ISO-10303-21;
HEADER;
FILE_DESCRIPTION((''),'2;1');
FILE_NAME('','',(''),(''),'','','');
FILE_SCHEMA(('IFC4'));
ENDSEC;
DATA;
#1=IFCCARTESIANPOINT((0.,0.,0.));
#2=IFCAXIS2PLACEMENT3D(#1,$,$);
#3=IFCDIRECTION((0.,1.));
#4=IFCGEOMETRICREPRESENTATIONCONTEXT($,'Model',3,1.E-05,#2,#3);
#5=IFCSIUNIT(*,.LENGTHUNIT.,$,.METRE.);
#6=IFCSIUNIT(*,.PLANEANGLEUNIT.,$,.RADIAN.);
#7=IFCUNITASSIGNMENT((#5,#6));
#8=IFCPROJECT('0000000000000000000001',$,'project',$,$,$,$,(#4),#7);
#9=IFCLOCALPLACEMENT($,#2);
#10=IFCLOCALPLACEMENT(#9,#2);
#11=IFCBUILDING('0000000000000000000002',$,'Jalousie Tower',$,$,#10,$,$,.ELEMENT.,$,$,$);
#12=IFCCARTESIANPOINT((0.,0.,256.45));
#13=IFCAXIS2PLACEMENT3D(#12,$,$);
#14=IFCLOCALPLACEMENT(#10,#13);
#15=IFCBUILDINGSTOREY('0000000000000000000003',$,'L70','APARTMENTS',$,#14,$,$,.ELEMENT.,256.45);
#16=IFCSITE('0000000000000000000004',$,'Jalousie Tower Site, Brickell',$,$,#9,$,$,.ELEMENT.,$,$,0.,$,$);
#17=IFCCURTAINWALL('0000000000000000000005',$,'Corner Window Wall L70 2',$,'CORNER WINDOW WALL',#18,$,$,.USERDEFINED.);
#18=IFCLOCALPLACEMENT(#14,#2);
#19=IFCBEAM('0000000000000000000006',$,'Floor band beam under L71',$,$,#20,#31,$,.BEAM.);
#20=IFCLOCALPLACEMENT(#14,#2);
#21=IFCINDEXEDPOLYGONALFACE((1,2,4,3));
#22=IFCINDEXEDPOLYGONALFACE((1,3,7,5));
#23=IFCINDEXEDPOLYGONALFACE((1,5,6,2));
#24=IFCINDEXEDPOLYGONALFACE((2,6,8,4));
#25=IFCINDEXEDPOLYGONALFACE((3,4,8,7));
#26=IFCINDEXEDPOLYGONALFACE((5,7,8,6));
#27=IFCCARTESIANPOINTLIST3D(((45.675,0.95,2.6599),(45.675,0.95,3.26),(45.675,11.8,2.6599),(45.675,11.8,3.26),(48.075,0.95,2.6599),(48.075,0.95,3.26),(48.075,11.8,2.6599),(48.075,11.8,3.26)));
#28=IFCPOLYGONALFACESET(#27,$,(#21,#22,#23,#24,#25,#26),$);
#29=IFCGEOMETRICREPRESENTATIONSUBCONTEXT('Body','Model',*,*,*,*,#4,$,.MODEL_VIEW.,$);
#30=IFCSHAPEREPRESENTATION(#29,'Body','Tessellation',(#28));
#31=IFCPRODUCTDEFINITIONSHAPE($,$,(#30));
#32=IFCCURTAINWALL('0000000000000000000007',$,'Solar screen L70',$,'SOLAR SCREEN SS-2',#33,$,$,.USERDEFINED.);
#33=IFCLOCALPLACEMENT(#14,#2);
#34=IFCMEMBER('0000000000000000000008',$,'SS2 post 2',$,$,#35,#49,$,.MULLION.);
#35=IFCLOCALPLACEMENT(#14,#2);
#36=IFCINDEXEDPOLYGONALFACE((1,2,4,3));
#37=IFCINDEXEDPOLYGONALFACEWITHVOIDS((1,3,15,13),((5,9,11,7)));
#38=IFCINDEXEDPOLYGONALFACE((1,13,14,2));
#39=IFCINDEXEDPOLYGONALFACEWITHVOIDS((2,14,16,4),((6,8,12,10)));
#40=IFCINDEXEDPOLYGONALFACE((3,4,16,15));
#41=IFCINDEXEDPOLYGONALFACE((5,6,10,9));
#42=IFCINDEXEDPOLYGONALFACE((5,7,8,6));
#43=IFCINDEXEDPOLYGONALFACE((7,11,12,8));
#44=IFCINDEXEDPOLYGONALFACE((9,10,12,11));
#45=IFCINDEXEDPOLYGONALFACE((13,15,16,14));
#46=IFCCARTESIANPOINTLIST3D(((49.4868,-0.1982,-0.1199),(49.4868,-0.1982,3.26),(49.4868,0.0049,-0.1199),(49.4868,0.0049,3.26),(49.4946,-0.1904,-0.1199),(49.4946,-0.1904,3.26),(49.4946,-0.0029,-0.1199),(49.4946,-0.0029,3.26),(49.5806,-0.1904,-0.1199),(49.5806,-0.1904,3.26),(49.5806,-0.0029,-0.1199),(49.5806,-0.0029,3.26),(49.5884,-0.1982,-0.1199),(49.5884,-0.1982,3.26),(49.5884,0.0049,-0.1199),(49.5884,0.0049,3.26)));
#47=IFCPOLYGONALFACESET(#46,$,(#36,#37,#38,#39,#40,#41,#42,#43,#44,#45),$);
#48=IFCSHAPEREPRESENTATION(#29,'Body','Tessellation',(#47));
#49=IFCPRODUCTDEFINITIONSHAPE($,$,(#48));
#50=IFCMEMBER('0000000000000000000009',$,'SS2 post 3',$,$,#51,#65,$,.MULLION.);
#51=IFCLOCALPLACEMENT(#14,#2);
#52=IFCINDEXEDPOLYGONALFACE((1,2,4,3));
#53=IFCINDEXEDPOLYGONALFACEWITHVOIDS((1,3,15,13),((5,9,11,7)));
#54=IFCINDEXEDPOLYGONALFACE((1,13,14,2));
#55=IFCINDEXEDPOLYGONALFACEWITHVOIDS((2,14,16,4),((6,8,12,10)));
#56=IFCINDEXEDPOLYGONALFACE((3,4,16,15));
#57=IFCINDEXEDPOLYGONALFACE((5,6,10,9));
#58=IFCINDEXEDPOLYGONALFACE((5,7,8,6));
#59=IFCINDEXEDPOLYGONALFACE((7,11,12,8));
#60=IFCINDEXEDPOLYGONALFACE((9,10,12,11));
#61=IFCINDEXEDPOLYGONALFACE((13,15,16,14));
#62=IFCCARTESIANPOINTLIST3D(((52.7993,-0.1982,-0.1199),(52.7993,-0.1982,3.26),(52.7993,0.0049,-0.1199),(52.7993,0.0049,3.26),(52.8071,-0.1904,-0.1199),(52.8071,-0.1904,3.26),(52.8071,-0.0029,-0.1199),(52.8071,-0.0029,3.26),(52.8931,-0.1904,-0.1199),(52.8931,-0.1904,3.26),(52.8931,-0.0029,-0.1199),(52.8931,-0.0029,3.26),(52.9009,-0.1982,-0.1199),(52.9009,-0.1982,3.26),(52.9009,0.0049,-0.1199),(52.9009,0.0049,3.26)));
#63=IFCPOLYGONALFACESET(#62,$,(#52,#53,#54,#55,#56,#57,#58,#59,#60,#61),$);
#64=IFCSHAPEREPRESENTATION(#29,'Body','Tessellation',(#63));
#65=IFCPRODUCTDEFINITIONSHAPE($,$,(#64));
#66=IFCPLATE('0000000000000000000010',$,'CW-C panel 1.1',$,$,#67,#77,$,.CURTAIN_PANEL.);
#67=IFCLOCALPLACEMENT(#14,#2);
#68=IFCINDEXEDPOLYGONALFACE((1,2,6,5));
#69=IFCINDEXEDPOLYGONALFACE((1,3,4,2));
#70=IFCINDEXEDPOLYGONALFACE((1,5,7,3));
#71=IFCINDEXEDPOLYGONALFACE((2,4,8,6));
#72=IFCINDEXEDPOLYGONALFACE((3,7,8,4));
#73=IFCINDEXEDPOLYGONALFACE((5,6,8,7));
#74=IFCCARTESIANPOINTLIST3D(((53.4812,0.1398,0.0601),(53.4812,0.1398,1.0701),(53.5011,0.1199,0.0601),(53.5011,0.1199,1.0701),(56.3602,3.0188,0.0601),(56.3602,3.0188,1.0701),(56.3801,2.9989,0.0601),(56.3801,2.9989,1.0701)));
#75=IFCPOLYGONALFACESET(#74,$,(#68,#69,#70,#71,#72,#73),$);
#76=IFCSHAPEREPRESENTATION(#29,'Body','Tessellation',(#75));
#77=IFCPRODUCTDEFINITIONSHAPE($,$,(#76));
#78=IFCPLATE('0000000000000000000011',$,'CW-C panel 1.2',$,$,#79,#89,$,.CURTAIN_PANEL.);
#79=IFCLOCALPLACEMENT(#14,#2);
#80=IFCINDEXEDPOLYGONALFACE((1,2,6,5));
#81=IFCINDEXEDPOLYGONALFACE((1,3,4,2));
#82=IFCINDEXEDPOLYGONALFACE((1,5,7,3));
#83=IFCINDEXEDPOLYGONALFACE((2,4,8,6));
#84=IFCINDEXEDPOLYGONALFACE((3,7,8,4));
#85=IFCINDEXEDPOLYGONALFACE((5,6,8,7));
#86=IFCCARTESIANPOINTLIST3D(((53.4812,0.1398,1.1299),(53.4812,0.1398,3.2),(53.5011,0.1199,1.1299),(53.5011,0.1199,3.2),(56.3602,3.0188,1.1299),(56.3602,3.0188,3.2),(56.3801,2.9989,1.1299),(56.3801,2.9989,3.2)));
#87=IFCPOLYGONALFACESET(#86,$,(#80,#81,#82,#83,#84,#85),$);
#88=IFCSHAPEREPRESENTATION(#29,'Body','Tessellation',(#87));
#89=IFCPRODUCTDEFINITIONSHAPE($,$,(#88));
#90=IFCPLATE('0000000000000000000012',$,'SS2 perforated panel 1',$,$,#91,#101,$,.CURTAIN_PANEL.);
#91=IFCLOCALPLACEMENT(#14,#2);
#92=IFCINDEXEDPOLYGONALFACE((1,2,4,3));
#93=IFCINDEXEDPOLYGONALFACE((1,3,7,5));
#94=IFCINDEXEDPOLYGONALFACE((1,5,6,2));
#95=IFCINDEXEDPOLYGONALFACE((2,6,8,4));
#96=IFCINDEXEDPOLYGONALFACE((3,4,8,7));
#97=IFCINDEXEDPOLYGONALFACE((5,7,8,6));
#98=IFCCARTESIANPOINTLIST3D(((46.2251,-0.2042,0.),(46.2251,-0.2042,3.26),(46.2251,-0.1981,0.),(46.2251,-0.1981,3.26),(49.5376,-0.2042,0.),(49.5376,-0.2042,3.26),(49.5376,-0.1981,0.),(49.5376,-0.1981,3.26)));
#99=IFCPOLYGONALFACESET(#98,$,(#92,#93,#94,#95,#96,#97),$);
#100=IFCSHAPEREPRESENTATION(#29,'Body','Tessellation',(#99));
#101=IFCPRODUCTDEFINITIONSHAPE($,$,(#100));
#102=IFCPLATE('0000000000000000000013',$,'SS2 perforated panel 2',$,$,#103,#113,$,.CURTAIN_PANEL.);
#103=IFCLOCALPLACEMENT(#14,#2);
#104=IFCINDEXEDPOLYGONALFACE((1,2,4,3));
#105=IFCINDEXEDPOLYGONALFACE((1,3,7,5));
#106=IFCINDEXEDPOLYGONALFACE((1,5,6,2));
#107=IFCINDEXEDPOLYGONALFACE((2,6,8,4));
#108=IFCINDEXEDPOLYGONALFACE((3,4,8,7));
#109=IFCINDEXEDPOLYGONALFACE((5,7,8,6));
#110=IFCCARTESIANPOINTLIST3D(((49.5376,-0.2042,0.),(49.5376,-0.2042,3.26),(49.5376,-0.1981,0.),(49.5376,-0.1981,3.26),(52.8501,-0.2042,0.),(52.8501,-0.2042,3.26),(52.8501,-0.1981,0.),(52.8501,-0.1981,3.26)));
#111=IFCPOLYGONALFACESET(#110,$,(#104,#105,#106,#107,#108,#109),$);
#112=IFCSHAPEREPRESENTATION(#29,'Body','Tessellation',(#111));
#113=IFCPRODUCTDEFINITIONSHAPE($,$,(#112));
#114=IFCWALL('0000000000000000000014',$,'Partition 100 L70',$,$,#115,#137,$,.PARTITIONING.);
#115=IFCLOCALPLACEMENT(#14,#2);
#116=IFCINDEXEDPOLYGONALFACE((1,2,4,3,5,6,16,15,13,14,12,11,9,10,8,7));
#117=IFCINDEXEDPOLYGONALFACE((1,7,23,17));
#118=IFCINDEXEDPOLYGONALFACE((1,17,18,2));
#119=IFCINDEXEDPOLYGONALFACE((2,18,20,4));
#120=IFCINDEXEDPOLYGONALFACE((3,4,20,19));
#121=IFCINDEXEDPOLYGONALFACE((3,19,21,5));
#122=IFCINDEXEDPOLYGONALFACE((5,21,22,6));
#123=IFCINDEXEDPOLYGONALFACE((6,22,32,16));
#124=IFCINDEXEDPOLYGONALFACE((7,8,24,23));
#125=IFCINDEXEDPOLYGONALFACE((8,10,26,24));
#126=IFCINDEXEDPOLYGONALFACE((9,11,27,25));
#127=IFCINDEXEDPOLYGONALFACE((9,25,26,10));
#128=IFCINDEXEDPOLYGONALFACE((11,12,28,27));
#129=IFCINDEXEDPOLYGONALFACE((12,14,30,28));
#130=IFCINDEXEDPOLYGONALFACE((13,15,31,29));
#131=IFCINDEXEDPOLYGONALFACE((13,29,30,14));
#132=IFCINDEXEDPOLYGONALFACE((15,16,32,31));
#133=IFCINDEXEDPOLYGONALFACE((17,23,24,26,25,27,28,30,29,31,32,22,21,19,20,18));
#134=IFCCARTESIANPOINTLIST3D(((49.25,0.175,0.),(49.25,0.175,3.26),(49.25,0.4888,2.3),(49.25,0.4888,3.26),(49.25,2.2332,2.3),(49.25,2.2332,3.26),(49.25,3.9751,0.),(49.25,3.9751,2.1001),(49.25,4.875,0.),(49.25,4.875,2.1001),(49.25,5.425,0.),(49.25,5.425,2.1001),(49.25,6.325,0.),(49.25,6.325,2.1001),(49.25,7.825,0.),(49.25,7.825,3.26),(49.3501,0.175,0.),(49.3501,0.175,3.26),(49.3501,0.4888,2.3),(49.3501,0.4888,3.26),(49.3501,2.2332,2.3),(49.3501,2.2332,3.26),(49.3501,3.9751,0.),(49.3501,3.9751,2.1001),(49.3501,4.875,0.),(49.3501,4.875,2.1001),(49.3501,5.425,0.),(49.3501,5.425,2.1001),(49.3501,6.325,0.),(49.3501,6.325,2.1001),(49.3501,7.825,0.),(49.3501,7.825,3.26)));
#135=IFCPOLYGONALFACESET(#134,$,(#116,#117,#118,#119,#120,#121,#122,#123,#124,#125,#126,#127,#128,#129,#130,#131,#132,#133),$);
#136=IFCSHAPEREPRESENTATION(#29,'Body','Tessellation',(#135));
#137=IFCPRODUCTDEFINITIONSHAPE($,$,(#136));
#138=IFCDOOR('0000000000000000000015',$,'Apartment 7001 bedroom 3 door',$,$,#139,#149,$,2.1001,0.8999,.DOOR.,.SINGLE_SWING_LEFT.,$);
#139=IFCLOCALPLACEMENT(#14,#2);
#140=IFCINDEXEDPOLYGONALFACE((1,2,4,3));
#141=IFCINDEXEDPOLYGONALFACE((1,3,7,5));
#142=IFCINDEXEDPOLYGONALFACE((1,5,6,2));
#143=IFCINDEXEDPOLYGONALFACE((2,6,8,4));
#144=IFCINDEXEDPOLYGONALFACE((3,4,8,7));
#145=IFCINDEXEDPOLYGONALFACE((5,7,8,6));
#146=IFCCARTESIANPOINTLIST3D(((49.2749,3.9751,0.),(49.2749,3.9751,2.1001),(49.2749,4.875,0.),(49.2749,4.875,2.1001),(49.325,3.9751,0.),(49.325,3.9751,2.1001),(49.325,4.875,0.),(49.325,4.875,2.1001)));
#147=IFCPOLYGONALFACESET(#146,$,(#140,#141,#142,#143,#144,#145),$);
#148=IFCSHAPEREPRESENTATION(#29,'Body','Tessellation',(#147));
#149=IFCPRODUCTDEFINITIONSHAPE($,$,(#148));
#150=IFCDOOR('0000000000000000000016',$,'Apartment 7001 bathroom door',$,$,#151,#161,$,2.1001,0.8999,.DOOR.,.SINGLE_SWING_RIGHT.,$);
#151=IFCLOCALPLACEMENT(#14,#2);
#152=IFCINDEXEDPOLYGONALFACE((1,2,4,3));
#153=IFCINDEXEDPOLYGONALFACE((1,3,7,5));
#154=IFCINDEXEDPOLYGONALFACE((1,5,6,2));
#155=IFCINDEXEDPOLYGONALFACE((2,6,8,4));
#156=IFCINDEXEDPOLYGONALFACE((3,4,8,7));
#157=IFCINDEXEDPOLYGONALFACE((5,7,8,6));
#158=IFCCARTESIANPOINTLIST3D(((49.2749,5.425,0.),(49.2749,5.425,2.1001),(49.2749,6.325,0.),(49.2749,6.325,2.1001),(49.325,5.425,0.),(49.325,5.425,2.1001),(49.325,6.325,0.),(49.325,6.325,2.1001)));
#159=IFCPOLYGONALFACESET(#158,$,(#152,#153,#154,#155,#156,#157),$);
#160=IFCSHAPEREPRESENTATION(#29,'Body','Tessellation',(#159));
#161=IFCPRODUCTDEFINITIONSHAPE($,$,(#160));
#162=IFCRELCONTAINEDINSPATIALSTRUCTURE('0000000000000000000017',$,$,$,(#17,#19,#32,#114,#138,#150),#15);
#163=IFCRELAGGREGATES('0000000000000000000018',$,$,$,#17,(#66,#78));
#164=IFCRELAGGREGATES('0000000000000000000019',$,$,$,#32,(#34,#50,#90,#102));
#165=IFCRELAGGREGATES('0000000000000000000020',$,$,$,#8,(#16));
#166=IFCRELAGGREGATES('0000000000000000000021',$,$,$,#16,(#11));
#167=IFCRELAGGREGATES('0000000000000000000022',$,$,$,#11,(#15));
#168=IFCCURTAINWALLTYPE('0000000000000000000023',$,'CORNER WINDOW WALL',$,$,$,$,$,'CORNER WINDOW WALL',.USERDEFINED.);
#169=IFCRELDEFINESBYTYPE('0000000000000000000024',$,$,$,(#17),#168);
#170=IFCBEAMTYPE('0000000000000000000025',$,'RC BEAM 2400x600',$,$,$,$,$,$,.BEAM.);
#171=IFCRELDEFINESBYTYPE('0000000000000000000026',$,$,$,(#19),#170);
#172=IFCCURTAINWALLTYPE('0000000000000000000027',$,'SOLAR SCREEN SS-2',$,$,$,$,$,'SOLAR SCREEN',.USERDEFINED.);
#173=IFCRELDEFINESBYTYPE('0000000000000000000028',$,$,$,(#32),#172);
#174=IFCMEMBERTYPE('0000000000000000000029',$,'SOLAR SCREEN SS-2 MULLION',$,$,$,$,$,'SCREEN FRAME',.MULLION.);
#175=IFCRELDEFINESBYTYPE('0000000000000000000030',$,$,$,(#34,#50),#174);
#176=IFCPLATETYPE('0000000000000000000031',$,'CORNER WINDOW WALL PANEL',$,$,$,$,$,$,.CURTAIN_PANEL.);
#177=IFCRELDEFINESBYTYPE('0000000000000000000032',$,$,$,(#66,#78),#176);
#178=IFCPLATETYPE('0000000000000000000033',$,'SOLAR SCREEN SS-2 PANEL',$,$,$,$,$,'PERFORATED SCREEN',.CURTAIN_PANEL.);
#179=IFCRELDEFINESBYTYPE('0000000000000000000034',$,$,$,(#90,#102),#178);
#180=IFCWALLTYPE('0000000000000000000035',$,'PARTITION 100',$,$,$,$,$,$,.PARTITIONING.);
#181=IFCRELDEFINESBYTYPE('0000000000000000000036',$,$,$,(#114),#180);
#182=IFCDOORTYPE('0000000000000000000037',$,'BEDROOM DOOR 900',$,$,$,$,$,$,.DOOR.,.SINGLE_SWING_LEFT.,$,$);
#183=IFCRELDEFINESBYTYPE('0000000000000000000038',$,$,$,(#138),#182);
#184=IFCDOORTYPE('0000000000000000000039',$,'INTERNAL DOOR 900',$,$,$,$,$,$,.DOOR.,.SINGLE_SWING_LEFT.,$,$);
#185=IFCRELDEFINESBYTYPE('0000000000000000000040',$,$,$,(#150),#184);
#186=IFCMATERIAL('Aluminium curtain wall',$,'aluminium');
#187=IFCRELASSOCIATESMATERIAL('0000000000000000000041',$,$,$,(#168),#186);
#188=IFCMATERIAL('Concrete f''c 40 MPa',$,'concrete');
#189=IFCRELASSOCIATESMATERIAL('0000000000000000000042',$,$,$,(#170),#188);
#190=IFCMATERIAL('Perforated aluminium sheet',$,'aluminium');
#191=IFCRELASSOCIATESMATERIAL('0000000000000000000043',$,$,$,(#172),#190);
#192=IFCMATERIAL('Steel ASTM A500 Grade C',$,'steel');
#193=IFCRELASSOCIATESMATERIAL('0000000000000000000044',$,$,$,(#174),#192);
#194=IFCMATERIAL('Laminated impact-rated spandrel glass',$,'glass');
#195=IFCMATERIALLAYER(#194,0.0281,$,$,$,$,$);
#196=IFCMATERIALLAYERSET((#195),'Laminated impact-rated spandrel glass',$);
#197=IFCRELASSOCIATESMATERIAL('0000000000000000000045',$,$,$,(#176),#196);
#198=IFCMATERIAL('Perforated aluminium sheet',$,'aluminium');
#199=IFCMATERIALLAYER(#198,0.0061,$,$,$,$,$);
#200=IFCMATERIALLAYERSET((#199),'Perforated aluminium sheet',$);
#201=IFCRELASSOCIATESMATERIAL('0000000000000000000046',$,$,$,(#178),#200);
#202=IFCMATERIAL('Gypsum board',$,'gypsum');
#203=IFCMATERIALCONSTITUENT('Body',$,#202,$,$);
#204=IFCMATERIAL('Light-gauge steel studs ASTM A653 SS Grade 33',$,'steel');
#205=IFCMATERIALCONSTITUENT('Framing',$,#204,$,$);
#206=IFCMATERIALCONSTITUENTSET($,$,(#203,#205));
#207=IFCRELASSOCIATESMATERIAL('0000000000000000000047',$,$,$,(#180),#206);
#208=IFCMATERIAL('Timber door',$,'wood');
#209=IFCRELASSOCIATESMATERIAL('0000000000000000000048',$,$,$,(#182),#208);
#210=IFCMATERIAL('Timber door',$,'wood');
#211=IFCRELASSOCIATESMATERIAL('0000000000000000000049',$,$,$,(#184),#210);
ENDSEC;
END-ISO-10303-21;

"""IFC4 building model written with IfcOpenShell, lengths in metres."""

from ifc_helpers import new_model, si_unit, direction, frame, frame_2d, origin, origin_2d, place, context, subcontext, project, spatial, polyline, rectangle, hollow_rectangle, outline, extrude, material, layer, layer_set, constituent, constituent_set, material_profile, profile_set, type_object, element, fill, aggregate, save


model = new_model("IFC4")

# Units and contexts
model_context = context("Model", 3, precision=1e-05, world=origin(), true_north=direction((0.0, 1.0)))
body_context = subcontext(model_context, "Body", "Model", "MODEL_VIEW")
ifc_project = project(units=[si_unit("LENGTHUNIT", "METRE"), si_unit("PLANEANGLEUNIT", "RADIAN")], contexts=[model_context])

# Site, building, storey
site_placement = place(None, origin())
site = spatial("IfcSite", under=ifc_project, at=site_placement, Name="Jalousie Tower Site, Brickell", CompositionType="ELEMENT", RefElevation=0.0)
building_placement = place(site_placement, origin())
building = spatial("IfcBuilding", under=site, at=building_placement, Name="Jalousie Tower", CompositionType="ELEMENT")
storey_placement = place(building_placement, frame((0.0, 0.0, 256.45)))
storey = spatial("IfcBuildingStorey", under=building, at=storey_placement, Name="L70", Description="APARTMENTS", CompositionType="ELEMENT", Elevation=256.45)

# Curtain wall
ifc_material_1 = material(Name="Aluminium curtain wall", Category="aluminium")
curtain_wall_type_1 = type_object("IfcCurtainWallType", Name="CORNER WINDOW WALL", ElementType="CORNER WINDOW WALL", PredefinedType="USERDEFINED", material=ifc_material_1)
curtain_wall_1_placement = place(storey_placement, origin())
curtain_wall_1 = element("IfcCurtainWall", 1, at=curtain_wall_1_placement, inside=storey, type_object=curtain_wall_type_1, Name="Corner Window Wall L70 2", ObjectType="CORNER WINDOW WALL", PredefinedType="USERDEFINED")

# Beam
ifc_material_2 = material(Name="Concrete f'c 40 MPa", Category="concrete")
ifc_material_profile_1 = material_profile(ifc_material_2, rectangle(XDim=2.3999, YDim=0.6001, at=origin_2d()), Name="RC 2400x600")
ifc_profile_set_1 = profile_set([ifc_material_profile_1], Name="Concrete f'c 40 MPa")
beam_type_1 = type_object("IfcBeamType", Name="RC BEAM 2400x600", PredefinedType="BEAM", material=ifc_profile_set_1)
beam_1_placement = place(storey_placement, frame((46.875, 0.95, 2.96), z_axis=(0.0, 1.0, 0.0), x_axis=(-1.0, 0.0, 0.0)))
element("IfcBeam", 2, at=beam_1_placement, inside=storey, type_object=beam_type_1, Name="Floor band beam under L71", PredefinedType="BEAM", context=body_context, shape_type="SweptSolid", body=[
    extrude(rectangle(XDim=2.3999, YDim=0.6001, at=origin_2d()), origin(), (0.0, 0.0, 1.0), 10.8501),
])

# Curtain wall, members
ifc_material_3 = material(Name="Perforated aluminium sheet", Category="aluminium")
curtain_wall_type_2 = type_object("IfcCurtainWallType", Name="SOLAR SCREEN SS-2", ElementType="SOLAR SCREEN", PredefinedType="USERDEFINED", material=ifc_material_3)
curtain_wall_2_placement = place(storey_placement, origin())
curtain_wall_2 = element("IfcCurtainWall", 3, at=curtain_wall_2_placement, inside=storey, type_object=curtain_wall_type_2, Name="Solar screen L70", ObjectType="SOLAR SCREEN SS-2", PredefinedType="USERDEFINED")
ifc_material_4 = material(Name="Steel ASTM A500 Grade C", Category="steel")
ifc_material_profile_2 = material_profile(ifc_material_4, hollow_rectangle(XDim=0.1016, YDim=0.2031, WallThickness=0.0078, at=origin_2d()), Name="HSS8X4X5/16")
ifc_profile_set_2 = profile_set([ifc_material_profile_2], Name="Steel ASTM A500 Grade C")
member_type_1 = type_object("IfcMemberType", Name="SOLAR SCREEN SS-2 MULLION", ElementType="SCREEN FRAME", PredefinedType="MULLION", material=ifc_profile_set_2)
member_1_placement = place(storey_placement, frame((49.5376, -0.0967, -0.1199), z_axis=(0.0, 0.0, 1.0), x_axis=(1.0, 0.0, 0.0)))
member_1 = element("IfcMember", 4, at=member_1_placement, type_object=member_type_1, Name="SS2 post 2", PredefinedType="MULLION", context=body_context, shape_type="SweptSolid", body=[
    extrude(hollow_rectangle(XDim=0.1016, YDim=0.2031, WallThickness=0.0078, at=origin_2d()), origin(), (0.0, 0.0, 1.0), 3.3799),
])
member_2_placement = place(storey_placement, frame((52.8501, -0.0967, -0.1199), z_axis=(0.0, 0.0, 1.0), x_axis=(1.0, 0.0, 0.0)))
member_2 = element("IfcMember", 5, at=member_2_placement, type_object=member_type_1, Name="SS2 post 3", PredefinedType="MULLION", context=body_context, shape_type="SweptSolid", body=[
    extrude(hollow_rectangle(XDim=0.1016, YDim=0.2031, WallThickness=0.0078, at=origin_2d()), origin(), (0.0, 0.0, 1.0), 3.3799),
])

# Plates
ifc_material_5 = material(Name="Laminated impact-rated spandrel glass", Category="glass")
ifc_layer_1 = layer(ifc_material_5, 0.0281)
ifc_layer_set_1 = layer_set([ifc_layer_1], Name="Laminated impact-rated spandrel glass")
plate_type_1 = type_object("IfcPlateType", Name="CORNER WINDOW WALL PANEL", PredefinedType="CURTAIN_PANEL", material=ifc_layer_set_1)
plate_1_placement = place(storey_placement, frame((54.9307, 1.5693, 0.0601), z_axis=(0.0, 0.0, 1.0), x_axis=(0.707107, 0.707107, 0.0)))
plate_1 = element("IfcPlate", 6, at=plate_1_placement, type_object=plate_type_1, Name="CW-C panel 1.1", PredefinedType="CURTAIN_PANEL", context=body_context, shape_type="SweptSolid", body=[
    extrude(rectangle(XDim=4.0715, YDim=0.0281, at=origin_2d()), origin(), (0.0, 0.0, 1.0), 1.01),
])
plate_2_placement = place(storey_placement, frame((54.9307, 1.5693, 1.1299), z_axis=(0.0, 0.0, 1.0), x_axis=(0.707107, 0.707107, 0.0)))
plate_2 = element("IfcPlate", 7, at=plate_2_placement, type_object=plate_type_1, Name="CW-C panel 1.2", PredefinedType="CURTAIN_PANEL", context=body_context, shape_type="SweptSolid", body=[
    extrude(rectangle(XDim=4.0715, YDim=0.0281, at=origin_2d()), origin(), (0.0, 0.0, 1.0), 2.0701),
])
aggregate(curtain_wall_1, [plate_1, plate_2])
ifc_material_6 = material(Name="Perforated aluminium sheet", Category="aluminium")
ifc_layer_2 = layer(ifc_material_6, 0.0061)
ifc_layer_set_2 = layer_set([ifc_layer_2], Name="Perforated aluminium sheet")
plate_type_2 = type_object("IfcPlateType", Name="SOLAR SCREEN SS-2 PANEL", ElementType="PERFORATED SCREEN", PredefinedType="CURTAIN_PANEL", material=ifc_layer_set_2)
plate_3_placement = place(storey_placement, frame((47.8813, -0.2012, 0.0), z_axis=(0.0, 0.0, 1.0), x_axis=(1.0, 0.0, 0.0)))
plate_3 = element("IfcPlate", 8, at=plate_3_placement, type_object=plate_type_2, Name="SS2 perforated panel 1", PredefinedType="CURTAIN_PANEL", context=body_context, shape_type="SweptSolid", body=[
    extrude(rectangle(XDim=3.3125, YDim=0.0061, at=origin_2d()), origin(), (0.0, 0.0, 1.0), 3.26),
])
plate_4_placement = place(storey_placement, frame((51.1938, -0.2012, 0.0), z_axis=(0.0, 0.0, 1.0), x_axis=(1.0, 0.0, 0.0)))
plate_4 = element("IfcPlate", 9, at=plate_4_placement, type_object=plate_type_2, Name="SS2 perforated panel 2", PredefinedType="CURTAIN_PANEL", context=body_context, shape_type="SweptSolid", body=[
    extrude(rectangle(XDim=3.3125, YDim=0.0061, at=origin_2d()), origin(), (0.0, 0.0, 1.0), 3.26),
])
aggregate(curtain_wall_2, [member_1, member_2, plate_3, plate_4])

# Wall, openings, doors
ifc_material_7 = material(Name="Gypsum board", Category="gypsum")
ifc_constituent_1 = constituent(ifc_material_7, Name="Body")
ifc_material_8 = material(Name="Light-gauge steel studs ASTM A653 SS Grade 33", Category="steel")
ifc_constituent_2 = constituent(ifc_material_8, Name="Framing")
ifc_constituent_set = constituent_set(constituents=[ifc_constituent_1, ifc_constituent_2])
wall_type = type_object("IfcWallType", Name="PARTITION 100", PredefinedType="PARTITIONING", material=ifc_constituent_set)
wall_1_placement = place(storey_placement, frame((49.3, 0.175, 0.0), z_axis=(0.0, 0.0, 1.0), x_axis=(0.0, 1.0, 0.0)))
wall_1 = element("IfcWall", 10, at=wall_1_placement, inside=storey, type_object=wall_type, Name="Partition 100 L70", PredefinedType="PARTITIONING", context=body_context, shape_type="SweptSolid", body=[
    extrude(outline(polyline([(0.0, 0.0), (7.6499, 0.0), (7.6499, 3.26), (2.0581, 3.26), (2.0581, 2.3), (0.3137, 2.3), (0.3137, 3.26), (0.0, 3.26), (0.0, 0.0)])), frame((0.0, 0.05, 0.0), z_axis=(0.0, -1.0, 0.0), x_axis=(1.0, 0.0, 0.0)), (0.0, 0.0, 1.0), 0.1001),
])
opening_1_placement = place(wall_1_placement, frame((3.8, 0.0, 0.0)))
opening_1 = element("IfcOpeningElement", 11, at=opening_1_placement, cuts=wall_1, PredefinedType="OPENING", context=body_context, shape_type="SweptSolid", body=[
    extrude(rectangle(XDim=0.8999, YDim=2.1001, at=frame_2d((0.45, 1.05))), frame((0.0, 0.0601, 0.0), z_axis=(0.0, -1.0, 0.0), x_axis=(1.0, 0.0, 0.0)), (0.0, 0.0, 1.0), 0.1201),
])
opening_2_placement = place(wall_1_placement, frame((5.25, 0.0, 0.0)))
opening_2 = element("IfcOpeningElement", 12, at=opening_2_placement, cuts=wall_1, PredefinedType="OPENING", context=body_context, shape_type="SweptSolid", body=[
    extrude(rectangle(XDim=0.8999, YDim=2.1001, at=frame_2d((0.45, 1.05))), frame((0.0, 0.0601, 0.0), z_axis=(0.0, -1.0, 0.0), x_axis=(1.0, 0.0, 0.0)), (0.0, 0.0, 1.0), 0.1201),
])
ifc_material_9 = material(Name="Timber door", Category="wood")
door_type_1 = type_object("IfcDoorType", Name="BEDROOM DOOR 900", OperationType="SINGLE_SWING_LEFT", PredefinedType="DOOR", material=ifc_material_9)
door_1_placement = place(opening_1_placement, frame((0.8999, 0.0, 0.0), z_axis=(0.0, 0.0, 1.0), x_axis=(-1.0, 0.0, 0.0)))
door_1 = element("IfcDoor", 13, at=door_1_placement, inside=storey, type_object=door_type_1, Name="Apartment 7001 bedroom 3 door", OperationType="SINGLE_SWING_LEFT", OverallHeight=2.1001, OverallWidth=0.8999, PredefinedType="DOOR", context=body_context, shape_type="SweptSolid", body=[
    extrude(rectangle(XDim=0.8999, YDim=2.1001, at=frame_2d((0.45, 1.05))), frame((0.0, 0.0249, 0.0), z_axis=(0.0, -1.0, 0.0), x_axis=(1.0, 0.0, 0.0)), (0.0, 0.0, 1.0), 0.05),
])
fill(opening_1, door_1)
ifc_material_10 = material(Name="Timber door", Category="wood")
door_type_2 = type_object("IfcDoorType", Name="INTERNAL DOOR 900", OperationType="SINGLE_SWING_LEFT", PredefinedType="DOOR", material=ifc_material_10)
door_2_placement = place(opening_2_placement, frame((0.8999, 0.0, 0.0), z_axis=(0.0, 0.0, 1.0), x_axis=(-1.0, 0.0, 0.0)))
door_2 = element("IfcDoor", 14, at=door_2_placement, inside=storey, type_object=door_type_2, Name="Apartment 7001 bathroom door", OperationType="SINGLE_SWING_RIGHT", OverallHeight=2.1001, OverallWidth=0.8999, PredefinedType="DOOR", context=body_context, shape_type="SweptSolid", body=[
    extrude(rectangle(XDim=0.8999, YDim=2.1001, at=frame_2d((0.45, 1.05))), frame((0.0, 0.0249, 0.0), z_axis=(0.0, -1.0, 0.0), x_axis=(1.0, 0.0, 0.0)), (0.0, 0.0, 1.0), 0.05),
])
fill(opening_2, door_2)

save(model, "model.ifc")
